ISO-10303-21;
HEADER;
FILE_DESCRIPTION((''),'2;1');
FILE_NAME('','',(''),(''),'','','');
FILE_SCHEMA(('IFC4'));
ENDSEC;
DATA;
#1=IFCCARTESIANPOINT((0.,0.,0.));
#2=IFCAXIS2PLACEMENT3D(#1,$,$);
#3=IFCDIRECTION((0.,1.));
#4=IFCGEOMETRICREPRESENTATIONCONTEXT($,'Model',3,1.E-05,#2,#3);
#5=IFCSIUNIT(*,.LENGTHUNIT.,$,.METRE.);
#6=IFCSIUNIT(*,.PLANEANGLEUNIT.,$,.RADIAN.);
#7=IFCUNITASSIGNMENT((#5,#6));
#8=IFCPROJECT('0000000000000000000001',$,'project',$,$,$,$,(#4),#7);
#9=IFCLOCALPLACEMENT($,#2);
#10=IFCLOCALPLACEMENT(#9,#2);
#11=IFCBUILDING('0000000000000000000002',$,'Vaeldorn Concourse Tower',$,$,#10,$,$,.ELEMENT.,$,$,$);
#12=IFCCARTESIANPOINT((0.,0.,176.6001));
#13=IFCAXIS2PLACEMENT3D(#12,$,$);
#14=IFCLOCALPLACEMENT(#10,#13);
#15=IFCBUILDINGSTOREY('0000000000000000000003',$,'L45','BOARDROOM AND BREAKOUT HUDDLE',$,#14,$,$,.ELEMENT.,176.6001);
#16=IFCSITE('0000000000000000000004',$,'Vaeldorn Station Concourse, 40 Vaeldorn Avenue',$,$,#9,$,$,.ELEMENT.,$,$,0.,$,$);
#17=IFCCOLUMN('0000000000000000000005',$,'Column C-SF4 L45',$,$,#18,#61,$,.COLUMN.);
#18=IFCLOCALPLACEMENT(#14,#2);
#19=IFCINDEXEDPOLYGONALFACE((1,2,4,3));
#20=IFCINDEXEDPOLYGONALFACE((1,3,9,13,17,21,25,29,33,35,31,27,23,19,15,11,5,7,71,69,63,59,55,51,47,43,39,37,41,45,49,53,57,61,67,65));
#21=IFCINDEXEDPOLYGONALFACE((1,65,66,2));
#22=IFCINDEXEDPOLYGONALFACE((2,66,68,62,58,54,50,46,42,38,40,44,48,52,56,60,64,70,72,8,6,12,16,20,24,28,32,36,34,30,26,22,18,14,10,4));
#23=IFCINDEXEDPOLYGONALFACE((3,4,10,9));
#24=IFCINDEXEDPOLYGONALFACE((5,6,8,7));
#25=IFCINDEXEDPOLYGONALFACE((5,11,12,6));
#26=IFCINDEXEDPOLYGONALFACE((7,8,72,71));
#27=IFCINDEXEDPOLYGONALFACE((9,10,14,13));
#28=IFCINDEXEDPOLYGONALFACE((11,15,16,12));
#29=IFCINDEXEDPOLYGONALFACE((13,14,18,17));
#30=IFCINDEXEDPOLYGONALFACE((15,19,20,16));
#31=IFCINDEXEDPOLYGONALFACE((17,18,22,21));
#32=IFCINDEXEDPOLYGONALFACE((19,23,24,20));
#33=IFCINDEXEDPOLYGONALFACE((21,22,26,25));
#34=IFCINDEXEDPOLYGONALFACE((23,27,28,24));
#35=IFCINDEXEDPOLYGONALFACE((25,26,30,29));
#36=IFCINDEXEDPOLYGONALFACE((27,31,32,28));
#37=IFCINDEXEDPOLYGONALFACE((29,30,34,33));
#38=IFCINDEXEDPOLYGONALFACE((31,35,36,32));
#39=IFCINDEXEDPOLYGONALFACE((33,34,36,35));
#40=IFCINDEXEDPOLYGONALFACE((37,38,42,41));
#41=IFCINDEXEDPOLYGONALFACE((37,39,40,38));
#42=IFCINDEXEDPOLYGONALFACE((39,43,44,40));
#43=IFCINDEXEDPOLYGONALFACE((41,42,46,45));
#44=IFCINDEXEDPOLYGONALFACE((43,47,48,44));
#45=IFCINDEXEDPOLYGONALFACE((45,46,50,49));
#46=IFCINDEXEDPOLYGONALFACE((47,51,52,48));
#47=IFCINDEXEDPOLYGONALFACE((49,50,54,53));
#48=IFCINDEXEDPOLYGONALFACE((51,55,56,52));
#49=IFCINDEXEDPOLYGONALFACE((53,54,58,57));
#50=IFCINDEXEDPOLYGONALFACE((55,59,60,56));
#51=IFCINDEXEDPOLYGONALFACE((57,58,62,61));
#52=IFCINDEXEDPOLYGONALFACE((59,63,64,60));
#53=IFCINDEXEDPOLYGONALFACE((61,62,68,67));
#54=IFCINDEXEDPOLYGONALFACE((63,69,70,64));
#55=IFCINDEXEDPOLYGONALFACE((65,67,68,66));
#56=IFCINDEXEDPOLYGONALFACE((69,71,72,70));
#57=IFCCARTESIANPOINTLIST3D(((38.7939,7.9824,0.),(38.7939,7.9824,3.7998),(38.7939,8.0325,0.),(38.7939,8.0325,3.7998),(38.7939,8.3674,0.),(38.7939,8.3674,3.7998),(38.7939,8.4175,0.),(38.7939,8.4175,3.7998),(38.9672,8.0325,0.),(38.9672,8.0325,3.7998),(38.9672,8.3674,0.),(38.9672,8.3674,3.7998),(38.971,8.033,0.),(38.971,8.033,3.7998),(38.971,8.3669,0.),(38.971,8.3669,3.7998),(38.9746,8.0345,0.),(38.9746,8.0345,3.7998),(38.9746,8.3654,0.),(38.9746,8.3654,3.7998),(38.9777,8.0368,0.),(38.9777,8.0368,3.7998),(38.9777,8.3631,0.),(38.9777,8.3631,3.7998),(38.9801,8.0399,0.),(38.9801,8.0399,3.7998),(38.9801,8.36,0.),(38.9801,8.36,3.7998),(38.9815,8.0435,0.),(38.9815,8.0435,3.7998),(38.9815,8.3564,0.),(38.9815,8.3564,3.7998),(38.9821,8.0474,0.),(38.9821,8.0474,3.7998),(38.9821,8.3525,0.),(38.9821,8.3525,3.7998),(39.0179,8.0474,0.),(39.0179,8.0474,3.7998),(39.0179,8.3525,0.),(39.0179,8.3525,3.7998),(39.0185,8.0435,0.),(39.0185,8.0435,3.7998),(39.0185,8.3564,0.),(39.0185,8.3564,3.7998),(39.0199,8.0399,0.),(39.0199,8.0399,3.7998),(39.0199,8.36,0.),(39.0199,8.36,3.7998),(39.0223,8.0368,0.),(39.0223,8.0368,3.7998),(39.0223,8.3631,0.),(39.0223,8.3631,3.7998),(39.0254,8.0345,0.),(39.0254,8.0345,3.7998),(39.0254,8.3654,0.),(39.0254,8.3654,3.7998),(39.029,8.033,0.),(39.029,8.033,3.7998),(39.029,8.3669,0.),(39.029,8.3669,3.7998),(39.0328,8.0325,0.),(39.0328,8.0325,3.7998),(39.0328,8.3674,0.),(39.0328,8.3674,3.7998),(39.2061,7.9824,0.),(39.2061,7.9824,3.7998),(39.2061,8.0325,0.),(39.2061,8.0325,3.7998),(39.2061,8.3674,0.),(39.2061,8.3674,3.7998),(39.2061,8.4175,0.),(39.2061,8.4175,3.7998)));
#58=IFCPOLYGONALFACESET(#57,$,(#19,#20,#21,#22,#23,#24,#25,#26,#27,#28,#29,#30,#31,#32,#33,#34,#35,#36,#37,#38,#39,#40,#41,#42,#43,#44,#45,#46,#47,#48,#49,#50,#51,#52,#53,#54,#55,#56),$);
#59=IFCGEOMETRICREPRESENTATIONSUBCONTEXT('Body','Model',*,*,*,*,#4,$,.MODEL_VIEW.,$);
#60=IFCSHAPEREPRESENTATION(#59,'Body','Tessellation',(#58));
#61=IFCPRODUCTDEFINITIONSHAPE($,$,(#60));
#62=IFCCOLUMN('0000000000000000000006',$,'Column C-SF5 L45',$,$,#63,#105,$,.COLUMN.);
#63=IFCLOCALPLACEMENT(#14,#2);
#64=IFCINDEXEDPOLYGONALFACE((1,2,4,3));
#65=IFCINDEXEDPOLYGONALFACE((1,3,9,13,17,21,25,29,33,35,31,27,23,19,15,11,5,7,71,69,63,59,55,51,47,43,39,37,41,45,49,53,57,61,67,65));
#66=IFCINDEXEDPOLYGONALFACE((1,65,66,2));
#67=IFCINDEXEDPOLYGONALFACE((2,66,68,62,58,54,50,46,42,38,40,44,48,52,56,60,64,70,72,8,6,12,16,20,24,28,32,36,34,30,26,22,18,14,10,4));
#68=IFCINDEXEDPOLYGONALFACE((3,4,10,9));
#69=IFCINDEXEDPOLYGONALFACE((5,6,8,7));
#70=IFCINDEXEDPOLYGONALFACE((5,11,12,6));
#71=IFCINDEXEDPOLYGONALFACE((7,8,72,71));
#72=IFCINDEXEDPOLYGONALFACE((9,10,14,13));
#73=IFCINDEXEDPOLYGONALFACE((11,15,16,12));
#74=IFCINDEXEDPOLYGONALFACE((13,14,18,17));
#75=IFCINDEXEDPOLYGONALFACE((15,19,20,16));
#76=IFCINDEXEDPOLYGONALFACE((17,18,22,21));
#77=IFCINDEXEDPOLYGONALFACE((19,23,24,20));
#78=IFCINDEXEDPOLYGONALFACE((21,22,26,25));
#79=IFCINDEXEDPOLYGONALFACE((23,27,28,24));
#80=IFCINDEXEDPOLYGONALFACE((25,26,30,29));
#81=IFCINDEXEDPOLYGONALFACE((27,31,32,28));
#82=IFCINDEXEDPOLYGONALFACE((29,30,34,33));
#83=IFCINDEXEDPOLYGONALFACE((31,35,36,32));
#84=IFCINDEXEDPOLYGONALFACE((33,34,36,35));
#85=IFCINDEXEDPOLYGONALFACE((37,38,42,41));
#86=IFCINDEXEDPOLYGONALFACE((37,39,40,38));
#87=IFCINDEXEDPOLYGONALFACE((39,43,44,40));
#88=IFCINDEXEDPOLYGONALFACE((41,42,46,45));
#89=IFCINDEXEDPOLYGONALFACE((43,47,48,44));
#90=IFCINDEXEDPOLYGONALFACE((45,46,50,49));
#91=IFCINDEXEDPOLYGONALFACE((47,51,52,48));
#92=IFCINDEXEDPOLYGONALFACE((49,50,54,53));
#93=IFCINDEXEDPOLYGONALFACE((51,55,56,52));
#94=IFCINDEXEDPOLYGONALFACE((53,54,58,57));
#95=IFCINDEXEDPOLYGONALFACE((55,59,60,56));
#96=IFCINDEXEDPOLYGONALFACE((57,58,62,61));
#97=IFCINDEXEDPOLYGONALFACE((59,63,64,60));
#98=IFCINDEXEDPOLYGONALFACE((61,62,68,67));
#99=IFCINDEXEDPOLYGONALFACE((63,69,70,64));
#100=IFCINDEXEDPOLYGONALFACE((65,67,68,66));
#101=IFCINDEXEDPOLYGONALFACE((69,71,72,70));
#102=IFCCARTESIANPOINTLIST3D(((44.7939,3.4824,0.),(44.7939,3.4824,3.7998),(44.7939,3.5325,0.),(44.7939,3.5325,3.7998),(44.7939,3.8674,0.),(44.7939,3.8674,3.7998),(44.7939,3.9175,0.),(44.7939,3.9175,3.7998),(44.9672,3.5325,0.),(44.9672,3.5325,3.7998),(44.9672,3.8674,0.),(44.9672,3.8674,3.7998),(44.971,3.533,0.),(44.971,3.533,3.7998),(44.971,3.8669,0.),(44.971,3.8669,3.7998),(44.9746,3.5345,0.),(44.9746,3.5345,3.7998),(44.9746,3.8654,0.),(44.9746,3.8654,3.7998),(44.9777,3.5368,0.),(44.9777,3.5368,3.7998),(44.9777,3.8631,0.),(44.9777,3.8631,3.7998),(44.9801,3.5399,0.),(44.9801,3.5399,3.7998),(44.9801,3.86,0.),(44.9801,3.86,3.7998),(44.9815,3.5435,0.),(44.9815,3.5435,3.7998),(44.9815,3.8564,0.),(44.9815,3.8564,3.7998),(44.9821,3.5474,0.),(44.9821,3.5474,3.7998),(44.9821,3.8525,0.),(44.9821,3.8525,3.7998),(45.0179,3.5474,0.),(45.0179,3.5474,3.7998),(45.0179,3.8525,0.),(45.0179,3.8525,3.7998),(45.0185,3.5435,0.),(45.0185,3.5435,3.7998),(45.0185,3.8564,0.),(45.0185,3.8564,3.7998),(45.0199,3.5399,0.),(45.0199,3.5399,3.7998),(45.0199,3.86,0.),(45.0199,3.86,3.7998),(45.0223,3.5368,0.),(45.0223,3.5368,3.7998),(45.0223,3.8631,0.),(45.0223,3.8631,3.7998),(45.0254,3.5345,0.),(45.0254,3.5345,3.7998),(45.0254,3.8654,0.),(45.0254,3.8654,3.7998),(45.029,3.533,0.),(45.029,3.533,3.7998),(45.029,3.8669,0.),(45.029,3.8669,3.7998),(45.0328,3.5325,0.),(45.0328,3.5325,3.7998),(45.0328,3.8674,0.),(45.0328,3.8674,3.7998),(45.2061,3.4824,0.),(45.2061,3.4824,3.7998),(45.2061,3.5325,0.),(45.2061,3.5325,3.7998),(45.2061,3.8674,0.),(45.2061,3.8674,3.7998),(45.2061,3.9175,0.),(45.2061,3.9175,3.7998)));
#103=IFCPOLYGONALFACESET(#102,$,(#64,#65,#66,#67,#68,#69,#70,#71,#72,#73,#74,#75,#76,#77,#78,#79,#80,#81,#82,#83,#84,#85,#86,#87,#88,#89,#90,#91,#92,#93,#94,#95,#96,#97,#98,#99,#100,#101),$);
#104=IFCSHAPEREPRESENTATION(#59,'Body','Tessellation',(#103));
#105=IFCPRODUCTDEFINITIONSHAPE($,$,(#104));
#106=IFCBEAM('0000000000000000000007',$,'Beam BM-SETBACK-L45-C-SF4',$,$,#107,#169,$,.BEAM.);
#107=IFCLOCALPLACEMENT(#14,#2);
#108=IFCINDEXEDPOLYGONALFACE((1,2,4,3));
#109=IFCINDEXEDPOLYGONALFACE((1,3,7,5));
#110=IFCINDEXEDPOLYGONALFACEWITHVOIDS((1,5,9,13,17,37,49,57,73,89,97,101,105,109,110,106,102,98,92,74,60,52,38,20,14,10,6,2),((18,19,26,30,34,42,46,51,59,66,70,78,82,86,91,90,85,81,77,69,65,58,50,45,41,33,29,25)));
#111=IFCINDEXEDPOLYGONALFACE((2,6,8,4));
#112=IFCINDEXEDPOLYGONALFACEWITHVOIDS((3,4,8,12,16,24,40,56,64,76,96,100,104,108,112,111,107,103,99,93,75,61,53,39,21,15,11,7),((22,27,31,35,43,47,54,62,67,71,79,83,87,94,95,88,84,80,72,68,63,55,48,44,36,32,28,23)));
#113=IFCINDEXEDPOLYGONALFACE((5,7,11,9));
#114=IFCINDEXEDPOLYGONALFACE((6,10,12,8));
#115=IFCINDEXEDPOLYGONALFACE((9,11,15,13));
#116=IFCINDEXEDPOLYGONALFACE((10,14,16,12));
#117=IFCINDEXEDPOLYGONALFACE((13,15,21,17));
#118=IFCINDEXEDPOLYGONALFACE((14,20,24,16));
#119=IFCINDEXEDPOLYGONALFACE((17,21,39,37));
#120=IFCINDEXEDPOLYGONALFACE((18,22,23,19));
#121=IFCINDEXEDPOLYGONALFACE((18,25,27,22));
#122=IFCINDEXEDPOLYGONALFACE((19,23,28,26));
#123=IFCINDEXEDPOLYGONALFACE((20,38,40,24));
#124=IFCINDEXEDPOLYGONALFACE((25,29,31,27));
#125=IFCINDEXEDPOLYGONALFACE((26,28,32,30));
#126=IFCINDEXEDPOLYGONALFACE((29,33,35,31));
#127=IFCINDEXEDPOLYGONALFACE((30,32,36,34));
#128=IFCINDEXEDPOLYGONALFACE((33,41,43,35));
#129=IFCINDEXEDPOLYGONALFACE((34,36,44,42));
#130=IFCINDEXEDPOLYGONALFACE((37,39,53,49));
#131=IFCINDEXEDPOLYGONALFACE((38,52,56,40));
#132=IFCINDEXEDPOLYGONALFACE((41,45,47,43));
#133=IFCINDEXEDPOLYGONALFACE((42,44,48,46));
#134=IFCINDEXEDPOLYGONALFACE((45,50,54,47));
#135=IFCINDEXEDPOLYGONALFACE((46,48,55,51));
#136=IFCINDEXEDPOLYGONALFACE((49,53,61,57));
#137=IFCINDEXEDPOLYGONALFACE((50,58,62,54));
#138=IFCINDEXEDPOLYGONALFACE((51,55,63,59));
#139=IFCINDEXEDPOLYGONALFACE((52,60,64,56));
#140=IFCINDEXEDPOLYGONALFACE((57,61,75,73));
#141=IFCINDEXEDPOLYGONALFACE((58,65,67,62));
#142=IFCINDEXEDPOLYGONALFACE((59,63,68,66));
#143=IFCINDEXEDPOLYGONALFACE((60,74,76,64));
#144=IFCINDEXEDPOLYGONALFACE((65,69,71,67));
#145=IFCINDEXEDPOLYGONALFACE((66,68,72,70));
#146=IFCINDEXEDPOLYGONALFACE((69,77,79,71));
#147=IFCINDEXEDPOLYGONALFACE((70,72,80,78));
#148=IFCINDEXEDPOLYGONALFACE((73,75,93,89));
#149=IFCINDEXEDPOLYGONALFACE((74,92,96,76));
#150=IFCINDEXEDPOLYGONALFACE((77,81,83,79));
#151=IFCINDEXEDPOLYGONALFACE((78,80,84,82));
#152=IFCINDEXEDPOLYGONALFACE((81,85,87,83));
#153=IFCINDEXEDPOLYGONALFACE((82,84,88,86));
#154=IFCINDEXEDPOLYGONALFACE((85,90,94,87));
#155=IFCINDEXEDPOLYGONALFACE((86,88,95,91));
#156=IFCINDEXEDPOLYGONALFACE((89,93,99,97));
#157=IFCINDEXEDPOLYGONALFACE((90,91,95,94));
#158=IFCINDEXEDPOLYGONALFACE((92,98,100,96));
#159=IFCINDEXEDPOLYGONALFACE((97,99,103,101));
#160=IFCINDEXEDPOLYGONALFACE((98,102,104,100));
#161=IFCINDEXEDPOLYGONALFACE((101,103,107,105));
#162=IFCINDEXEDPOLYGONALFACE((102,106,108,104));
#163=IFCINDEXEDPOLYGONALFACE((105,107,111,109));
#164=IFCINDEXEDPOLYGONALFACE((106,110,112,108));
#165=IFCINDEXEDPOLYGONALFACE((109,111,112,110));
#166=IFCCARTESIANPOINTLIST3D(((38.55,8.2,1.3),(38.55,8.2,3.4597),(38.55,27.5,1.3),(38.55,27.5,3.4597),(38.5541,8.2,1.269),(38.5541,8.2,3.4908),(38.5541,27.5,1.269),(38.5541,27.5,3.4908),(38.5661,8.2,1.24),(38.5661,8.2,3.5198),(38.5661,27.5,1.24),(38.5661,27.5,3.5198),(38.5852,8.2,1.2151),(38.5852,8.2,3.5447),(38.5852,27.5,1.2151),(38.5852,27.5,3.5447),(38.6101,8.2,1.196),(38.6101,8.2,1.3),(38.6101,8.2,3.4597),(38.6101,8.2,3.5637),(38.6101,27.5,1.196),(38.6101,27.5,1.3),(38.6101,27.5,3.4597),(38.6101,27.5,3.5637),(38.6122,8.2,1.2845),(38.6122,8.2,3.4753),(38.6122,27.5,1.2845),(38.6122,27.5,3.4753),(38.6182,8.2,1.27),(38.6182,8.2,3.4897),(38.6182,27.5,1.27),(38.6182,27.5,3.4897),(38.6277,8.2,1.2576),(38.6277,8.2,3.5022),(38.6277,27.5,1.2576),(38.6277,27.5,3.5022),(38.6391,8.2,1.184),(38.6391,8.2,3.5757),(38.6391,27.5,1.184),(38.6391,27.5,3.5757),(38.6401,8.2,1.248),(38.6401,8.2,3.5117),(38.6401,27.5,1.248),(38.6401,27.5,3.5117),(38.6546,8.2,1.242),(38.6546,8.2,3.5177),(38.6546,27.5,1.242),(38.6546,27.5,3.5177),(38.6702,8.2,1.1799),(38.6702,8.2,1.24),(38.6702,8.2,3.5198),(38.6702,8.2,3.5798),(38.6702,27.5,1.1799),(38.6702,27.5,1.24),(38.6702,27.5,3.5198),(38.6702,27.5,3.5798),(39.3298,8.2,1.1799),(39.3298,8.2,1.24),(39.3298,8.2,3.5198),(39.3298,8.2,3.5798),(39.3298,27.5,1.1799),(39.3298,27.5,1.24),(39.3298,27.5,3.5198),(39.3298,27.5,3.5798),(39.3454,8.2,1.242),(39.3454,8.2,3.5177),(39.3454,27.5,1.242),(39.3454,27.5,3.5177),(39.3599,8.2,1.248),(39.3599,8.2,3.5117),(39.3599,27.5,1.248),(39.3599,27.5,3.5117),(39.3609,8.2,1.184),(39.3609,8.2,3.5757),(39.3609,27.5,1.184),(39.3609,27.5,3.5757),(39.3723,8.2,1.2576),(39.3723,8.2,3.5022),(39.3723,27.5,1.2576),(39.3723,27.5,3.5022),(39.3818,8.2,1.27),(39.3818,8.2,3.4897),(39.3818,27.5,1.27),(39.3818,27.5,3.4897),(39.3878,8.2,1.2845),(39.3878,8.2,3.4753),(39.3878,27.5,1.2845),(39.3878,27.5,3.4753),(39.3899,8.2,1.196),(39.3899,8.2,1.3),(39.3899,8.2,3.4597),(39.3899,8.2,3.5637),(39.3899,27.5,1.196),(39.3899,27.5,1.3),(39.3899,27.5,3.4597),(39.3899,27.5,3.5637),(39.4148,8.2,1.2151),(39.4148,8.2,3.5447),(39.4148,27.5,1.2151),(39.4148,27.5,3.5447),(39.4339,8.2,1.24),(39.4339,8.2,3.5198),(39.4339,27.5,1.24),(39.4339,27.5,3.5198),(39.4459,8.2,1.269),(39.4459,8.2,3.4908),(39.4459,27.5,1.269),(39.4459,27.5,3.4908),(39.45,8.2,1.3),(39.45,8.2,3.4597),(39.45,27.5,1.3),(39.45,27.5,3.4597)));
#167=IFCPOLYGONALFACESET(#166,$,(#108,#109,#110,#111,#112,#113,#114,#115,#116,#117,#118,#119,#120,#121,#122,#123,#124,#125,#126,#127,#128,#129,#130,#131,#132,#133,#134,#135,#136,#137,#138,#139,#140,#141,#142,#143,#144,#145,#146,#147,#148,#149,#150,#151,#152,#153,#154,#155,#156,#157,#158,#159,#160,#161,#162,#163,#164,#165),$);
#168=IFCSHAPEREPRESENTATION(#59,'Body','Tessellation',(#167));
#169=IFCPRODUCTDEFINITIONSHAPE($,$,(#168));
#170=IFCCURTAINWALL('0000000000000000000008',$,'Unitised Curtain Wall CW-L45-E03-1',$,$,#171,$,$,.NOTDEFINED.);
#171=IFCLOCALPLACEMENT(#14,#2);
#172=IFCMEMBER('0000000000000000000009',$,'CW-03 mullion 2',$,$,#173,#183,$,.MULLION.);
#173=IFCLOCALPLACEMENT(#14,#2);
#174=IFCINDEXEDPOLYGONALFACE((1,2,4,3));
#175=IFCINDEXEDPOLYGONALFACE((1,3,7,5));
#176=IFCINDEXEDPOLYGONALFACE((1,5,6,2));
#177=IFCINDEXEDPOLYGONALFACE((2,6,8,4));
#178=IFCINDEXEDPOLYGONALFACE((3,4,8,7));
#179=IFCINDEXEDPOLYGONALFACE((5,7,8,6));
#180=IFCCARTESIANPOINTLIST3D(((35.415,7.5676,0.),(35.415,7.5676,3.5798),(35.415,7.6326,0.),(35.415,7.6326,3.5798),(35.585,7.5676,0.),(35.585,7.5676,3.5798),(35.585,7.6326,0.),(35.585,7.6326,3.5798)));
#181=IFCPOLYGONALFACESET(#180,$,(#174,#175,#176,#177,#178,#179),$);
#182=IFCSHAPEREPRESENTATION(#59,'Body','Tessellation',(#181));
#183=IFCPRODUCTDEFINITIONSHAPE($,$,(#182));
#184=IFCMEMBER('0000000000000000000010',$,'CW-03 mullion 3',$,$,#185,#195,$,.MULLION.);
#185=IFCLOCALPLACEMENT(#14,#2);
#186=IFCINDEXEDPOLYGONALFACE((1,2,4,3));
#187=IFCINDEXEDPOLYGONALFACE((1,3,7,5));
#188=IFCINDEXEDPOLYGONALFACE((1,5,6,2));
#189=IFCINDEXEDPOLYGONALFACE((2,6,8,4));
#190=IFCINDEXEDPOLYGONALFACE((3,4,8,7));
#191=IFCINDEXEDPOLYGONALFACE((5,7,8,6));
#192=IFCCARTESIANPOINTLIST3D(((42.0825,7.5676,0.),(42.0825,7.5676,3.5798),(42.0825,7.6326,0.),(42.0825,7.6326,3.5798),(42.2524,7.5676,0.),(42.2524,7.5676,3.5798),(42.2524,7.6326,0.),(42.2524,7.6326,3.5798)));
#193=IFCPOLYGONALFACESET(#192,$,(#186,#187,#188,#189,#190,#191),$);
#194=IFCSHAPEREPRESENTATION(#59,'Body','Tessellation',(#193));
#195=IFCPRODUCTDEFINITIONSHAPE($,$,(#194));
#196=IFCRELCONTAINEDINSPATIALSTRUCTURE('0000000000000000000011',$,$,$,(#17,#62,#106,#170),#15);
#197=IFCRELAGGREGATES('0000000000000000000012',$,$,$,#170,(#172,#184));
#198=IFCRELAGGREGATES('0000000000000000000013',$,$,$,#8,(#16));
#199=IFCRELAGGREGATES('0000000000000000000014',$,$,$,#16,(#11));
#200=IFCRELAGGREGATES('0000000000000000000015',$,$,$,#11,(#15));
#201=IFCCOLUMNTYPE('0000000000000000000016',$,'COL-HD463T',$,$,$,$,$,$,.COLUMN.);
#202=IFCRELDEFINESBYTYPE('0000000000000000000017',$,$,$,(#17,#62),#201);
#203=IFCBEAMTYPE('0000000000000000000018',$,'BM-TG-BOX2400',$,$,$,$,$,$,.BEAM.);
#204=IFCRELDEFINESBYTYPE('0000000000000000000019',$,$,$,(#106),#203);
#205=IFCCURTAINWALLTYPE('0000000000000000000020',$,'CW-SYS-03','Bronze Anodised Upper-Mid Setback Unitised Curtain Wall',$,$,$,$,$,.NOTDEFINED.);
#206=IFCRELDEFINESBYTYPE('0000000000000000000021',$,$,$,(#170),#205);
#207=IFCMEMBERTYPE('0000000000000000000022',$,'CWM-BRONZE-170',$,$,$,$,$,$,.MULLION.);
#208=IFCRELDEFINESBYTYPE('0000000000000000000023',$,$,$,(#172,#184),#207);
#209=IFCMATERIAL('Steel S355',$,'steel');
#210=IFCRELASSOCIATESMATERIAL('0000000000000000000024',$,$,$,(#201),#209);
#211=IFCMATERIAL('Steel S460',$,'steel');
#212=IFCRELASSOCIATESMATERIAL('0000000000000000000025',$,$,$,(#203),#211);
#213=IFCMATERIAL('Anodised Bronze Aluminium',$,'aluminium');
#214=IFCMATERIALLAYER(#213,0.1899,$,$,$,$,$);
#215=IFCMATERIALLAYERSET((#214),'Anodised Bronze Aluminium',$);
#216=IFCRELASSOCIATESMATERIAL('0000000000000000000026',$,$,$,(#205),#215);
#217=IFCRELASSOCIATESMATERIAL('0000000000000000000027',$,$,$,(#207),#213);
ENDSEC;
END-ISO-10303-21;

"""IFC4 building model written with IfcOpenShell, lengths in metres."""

from ifc_helpers import new_model, si_unit, direction, frame, origin, origin_2d, place, context, subcontext, project, spatial, rectangle, hollow_rectangle, i_section, extrude, source, transform, mapped, material, layer, layer_set, material_profile, profile_set, type_object, element, aggregate, save


model = new_model("IFC4")

# Units and contexts
model_context = context("Model", 3, precision=1e-05, world=origin(), true_north=direction((0.0, 1.0)))
body_context = subcontext(model_context, "Body", "Model", "MODEL_VIEW")
ifc_project = project(units=[si_unit("LENGTHUNIT", "METRE"), si_unit("PLANEANGLEUNIT", "RADIAN")], contexts=[model_context])

# Site, building, storey
site_placement = place(None, origin())
site = spatial("IfcSite", under=ifc_project, at=site_placement, Name="Vaeldorn Station Concourse, 40 Vaeldorn Avenue", CompositionType="ELEMENT", RefElevation=0.0)
building_placement = place(site_placement, origin())
building = spatial("IfcBuilding", under=site, at=building_placement, Name="Vaeldorn Concourse Tower", CompositionType="ELEMENT")
storey_placement = place(building_placement, frame((0.0, 0.0, 176.6001)))
storey = spatial("IfcBuildingStorey", under=building, at=storey_placement, Name="L45", Description="BOARDROOM AND BREAKOUT HUDDLE", CompositionType="ELEMENT", Elevation=176.6001)

# Columns
ifc_material_1 = material(Name="Steel S355", Category="steel")
ifc_material_profile_1 = material_profile(ifc_material_1, i_section(OverallWidth=0.4121, OverallDepth=0.4351, WebThickness=0.0359, FlangeThickness=0.05, FilletRadius=0.0149, at=origin_2d()), Name="HD 400x463")
ifc_profile_set_1 = profile_set([ifc_material_profile_1], Name="Steel S355")
column_type = type_object("IfcColumnType", Name="COL-HD463T", PredefinedType="COLUMN", material=ifc_profile_set_1)
shared_shape_1 = source(origin(), body_context, "Body", "SweptSolid", [
    extrude(i_section(OverallWidth=0.4121, OverallDepth=0.4351, WebThickness=0.0359, FlangeThickness=0.05, FilletRadius=0.0149, at=origin_2d()), origin(), (0.0, 0.0, 1.0), 3.7998),
])
for number, where, z_axis, x_axis, name in (
    (1, (39.0, 8.2, 0.0), (0.0, 0.0, 1.0), (1.0, 0.0, 0.0), "Column C-SF4 L45"),
    (2, (45.0, 3.7, 0.0), (0.0, 0.0, 1.0), (1.0, 0.0, 0.0), "Column C-SF5 L45"),
):
    element("IfcColumn", number, at=place(storey_placement, frame(where, z_axis=z_axis, x_axis=x_axis)), inside=storey, type_object=column_type, Name=name, PredefinedType="COLUMN", context=body_context, shape_type="MappedRepresentation", body=[
        mapped(shared_shape_1, transform((0.0, 0.0, 0.0), scale=1.0)),
    ])

# Beam
ifc_material_2 = material(Name="Steel S460", Category="steel")
ifc_material_profile_2 = material_profile(ifc_material_2, hollow_rectangle(XDim=0.8999, YDim=2.3999, WallThickness=0.0601, InnerFilletRadius=0.0601, OuterFilletRadius=0.1201, at=origin_2d()), Name="RHS 2400x900x60")
ifc_profile_set_2 = profile_set([ifc_material_profile_2], Name="Steel S460")
beam_type = type_object("IfcBeamType", Name="BM-TG-BOX2400", PredefinedType="BEAM", material=ifc_profile_set_2)
shared_shape_2 = source(origin(), body_context, "Body", "SweptSolid", [
    extrude(hollow_rectangle(XDim=0.8999, YDim=2.3999, WallThickness=0.0601, InnerFilletRadius=0.0601, OuterFilletRadius=0.1201, at=origin_2d()), origin(), (0.0, 0.0, 1.0), 19.3),
])
beam_placement = place(storey_placement, frame((39.0, 8.2, 2.3799), z_axis=(0.0, 1.0, 0.0), x_axis=(-1.0, 0.0, 0.0)))
element("IfcBeam", 3, at=beam_placement, inside=storey, type_object=beam_type, Name="Beam BM-SETBACK-L45-C-SF4", PredefinedType="BEAM", context=body_context, shape_type="MappedRepresentation", body=[
    mapped(shared_shape_2, transform((0.0, 0.0, 0.0), scale=1.0)),
])

# Curtain wall, members
ifc_material_3 = material(Name="Anodised Bronze Aluminium", Category="aluminium")
ifc_layer_1 = layer(ifc_material_3, 0.1899)
ifc_layer_set_1 = layer_set([ifc_layer_1], Name="Anodised Bronze Aluminium")
curtain_wall_type = type_object("IfcCurtainWallType", Name="CW-SYS-03", Description="Bronze Anodised Upper-Mid Setback Unitised Curtain Wall", PredefinedType="NOTDEFINED", material=ifc_layer_set_1)
curtain_wall_1_placement = place(storey_placement, origin())
curtain_wall_1 = element("IfcCurtainWall", 4, at=curtain_wall_1_placement, inside=storey, type_object=curtain_wall_type, Name="Unitised Curtain Wall CW-L45-E03-1", PredefinedType="NOTDEFINED")
ifc_material_profile_3 = material_profile(ifc_material_3, rectangle(XDim=0.0649, YDim=0.1699, at=origin_2d()), Name="CWM 65x170")
ifc_profile_set_3 = profile_set([ifc_material_profile_3], Name="Anodised Bronze Aluminium")
member_type_1 = type_object("IfcMemberType", Name="CWM-BRONZE-170", PredefinedType="MULLION", material=ifc_profile_set_3)
shared_shape_3 = source(origin(), body_context, "Body", "SweptSolid", [
    extrude(rectangle(XDim=0.0649, YDim=0.1699, at=origin_2d()), origin(), (0.0, 0.0, 1.0), 3.5798),
])
member_1_placement = place(storey_placement, frame((35.5, 7.6001, 0.0), z_axis=(0.0, 0.0, 1.0), x_axis=(0.0, 1.0, 0.0)))
member_1 = element("IfcMember", 5, at=member_1_placement, type_object=member_type_1, Name="CW-03 mullion 2", PredefinedType="MULLION", context=body_context, shape_type="MappedRepresentation", body=[
    mapped(shared_shape_3, transform((0.0, 0.0, 0.0), scale=1.0)),
])
member_2_placement = place(storey_placement, frame((42.1675, 7.6001, 0.0), z_axis=(0.0, 0.0, 1.0), x_axis=(0.0, 1.0, 0.0)))
member_2 = element("IfcMember", 6, at=member_2_placement, type_object=member_type_1, Name="CW-03 mullion 3", PredefinedType="MULLION", context=body_context, shape_type="MappedRepresentation", body=[
    mapped(shared_shape_3, transform((0.0, 0.0, 0.0), scale=1.0)),
])

aggregate(curtain_wall_1, [member_1, member_2])

save(model, "model.ifc")
